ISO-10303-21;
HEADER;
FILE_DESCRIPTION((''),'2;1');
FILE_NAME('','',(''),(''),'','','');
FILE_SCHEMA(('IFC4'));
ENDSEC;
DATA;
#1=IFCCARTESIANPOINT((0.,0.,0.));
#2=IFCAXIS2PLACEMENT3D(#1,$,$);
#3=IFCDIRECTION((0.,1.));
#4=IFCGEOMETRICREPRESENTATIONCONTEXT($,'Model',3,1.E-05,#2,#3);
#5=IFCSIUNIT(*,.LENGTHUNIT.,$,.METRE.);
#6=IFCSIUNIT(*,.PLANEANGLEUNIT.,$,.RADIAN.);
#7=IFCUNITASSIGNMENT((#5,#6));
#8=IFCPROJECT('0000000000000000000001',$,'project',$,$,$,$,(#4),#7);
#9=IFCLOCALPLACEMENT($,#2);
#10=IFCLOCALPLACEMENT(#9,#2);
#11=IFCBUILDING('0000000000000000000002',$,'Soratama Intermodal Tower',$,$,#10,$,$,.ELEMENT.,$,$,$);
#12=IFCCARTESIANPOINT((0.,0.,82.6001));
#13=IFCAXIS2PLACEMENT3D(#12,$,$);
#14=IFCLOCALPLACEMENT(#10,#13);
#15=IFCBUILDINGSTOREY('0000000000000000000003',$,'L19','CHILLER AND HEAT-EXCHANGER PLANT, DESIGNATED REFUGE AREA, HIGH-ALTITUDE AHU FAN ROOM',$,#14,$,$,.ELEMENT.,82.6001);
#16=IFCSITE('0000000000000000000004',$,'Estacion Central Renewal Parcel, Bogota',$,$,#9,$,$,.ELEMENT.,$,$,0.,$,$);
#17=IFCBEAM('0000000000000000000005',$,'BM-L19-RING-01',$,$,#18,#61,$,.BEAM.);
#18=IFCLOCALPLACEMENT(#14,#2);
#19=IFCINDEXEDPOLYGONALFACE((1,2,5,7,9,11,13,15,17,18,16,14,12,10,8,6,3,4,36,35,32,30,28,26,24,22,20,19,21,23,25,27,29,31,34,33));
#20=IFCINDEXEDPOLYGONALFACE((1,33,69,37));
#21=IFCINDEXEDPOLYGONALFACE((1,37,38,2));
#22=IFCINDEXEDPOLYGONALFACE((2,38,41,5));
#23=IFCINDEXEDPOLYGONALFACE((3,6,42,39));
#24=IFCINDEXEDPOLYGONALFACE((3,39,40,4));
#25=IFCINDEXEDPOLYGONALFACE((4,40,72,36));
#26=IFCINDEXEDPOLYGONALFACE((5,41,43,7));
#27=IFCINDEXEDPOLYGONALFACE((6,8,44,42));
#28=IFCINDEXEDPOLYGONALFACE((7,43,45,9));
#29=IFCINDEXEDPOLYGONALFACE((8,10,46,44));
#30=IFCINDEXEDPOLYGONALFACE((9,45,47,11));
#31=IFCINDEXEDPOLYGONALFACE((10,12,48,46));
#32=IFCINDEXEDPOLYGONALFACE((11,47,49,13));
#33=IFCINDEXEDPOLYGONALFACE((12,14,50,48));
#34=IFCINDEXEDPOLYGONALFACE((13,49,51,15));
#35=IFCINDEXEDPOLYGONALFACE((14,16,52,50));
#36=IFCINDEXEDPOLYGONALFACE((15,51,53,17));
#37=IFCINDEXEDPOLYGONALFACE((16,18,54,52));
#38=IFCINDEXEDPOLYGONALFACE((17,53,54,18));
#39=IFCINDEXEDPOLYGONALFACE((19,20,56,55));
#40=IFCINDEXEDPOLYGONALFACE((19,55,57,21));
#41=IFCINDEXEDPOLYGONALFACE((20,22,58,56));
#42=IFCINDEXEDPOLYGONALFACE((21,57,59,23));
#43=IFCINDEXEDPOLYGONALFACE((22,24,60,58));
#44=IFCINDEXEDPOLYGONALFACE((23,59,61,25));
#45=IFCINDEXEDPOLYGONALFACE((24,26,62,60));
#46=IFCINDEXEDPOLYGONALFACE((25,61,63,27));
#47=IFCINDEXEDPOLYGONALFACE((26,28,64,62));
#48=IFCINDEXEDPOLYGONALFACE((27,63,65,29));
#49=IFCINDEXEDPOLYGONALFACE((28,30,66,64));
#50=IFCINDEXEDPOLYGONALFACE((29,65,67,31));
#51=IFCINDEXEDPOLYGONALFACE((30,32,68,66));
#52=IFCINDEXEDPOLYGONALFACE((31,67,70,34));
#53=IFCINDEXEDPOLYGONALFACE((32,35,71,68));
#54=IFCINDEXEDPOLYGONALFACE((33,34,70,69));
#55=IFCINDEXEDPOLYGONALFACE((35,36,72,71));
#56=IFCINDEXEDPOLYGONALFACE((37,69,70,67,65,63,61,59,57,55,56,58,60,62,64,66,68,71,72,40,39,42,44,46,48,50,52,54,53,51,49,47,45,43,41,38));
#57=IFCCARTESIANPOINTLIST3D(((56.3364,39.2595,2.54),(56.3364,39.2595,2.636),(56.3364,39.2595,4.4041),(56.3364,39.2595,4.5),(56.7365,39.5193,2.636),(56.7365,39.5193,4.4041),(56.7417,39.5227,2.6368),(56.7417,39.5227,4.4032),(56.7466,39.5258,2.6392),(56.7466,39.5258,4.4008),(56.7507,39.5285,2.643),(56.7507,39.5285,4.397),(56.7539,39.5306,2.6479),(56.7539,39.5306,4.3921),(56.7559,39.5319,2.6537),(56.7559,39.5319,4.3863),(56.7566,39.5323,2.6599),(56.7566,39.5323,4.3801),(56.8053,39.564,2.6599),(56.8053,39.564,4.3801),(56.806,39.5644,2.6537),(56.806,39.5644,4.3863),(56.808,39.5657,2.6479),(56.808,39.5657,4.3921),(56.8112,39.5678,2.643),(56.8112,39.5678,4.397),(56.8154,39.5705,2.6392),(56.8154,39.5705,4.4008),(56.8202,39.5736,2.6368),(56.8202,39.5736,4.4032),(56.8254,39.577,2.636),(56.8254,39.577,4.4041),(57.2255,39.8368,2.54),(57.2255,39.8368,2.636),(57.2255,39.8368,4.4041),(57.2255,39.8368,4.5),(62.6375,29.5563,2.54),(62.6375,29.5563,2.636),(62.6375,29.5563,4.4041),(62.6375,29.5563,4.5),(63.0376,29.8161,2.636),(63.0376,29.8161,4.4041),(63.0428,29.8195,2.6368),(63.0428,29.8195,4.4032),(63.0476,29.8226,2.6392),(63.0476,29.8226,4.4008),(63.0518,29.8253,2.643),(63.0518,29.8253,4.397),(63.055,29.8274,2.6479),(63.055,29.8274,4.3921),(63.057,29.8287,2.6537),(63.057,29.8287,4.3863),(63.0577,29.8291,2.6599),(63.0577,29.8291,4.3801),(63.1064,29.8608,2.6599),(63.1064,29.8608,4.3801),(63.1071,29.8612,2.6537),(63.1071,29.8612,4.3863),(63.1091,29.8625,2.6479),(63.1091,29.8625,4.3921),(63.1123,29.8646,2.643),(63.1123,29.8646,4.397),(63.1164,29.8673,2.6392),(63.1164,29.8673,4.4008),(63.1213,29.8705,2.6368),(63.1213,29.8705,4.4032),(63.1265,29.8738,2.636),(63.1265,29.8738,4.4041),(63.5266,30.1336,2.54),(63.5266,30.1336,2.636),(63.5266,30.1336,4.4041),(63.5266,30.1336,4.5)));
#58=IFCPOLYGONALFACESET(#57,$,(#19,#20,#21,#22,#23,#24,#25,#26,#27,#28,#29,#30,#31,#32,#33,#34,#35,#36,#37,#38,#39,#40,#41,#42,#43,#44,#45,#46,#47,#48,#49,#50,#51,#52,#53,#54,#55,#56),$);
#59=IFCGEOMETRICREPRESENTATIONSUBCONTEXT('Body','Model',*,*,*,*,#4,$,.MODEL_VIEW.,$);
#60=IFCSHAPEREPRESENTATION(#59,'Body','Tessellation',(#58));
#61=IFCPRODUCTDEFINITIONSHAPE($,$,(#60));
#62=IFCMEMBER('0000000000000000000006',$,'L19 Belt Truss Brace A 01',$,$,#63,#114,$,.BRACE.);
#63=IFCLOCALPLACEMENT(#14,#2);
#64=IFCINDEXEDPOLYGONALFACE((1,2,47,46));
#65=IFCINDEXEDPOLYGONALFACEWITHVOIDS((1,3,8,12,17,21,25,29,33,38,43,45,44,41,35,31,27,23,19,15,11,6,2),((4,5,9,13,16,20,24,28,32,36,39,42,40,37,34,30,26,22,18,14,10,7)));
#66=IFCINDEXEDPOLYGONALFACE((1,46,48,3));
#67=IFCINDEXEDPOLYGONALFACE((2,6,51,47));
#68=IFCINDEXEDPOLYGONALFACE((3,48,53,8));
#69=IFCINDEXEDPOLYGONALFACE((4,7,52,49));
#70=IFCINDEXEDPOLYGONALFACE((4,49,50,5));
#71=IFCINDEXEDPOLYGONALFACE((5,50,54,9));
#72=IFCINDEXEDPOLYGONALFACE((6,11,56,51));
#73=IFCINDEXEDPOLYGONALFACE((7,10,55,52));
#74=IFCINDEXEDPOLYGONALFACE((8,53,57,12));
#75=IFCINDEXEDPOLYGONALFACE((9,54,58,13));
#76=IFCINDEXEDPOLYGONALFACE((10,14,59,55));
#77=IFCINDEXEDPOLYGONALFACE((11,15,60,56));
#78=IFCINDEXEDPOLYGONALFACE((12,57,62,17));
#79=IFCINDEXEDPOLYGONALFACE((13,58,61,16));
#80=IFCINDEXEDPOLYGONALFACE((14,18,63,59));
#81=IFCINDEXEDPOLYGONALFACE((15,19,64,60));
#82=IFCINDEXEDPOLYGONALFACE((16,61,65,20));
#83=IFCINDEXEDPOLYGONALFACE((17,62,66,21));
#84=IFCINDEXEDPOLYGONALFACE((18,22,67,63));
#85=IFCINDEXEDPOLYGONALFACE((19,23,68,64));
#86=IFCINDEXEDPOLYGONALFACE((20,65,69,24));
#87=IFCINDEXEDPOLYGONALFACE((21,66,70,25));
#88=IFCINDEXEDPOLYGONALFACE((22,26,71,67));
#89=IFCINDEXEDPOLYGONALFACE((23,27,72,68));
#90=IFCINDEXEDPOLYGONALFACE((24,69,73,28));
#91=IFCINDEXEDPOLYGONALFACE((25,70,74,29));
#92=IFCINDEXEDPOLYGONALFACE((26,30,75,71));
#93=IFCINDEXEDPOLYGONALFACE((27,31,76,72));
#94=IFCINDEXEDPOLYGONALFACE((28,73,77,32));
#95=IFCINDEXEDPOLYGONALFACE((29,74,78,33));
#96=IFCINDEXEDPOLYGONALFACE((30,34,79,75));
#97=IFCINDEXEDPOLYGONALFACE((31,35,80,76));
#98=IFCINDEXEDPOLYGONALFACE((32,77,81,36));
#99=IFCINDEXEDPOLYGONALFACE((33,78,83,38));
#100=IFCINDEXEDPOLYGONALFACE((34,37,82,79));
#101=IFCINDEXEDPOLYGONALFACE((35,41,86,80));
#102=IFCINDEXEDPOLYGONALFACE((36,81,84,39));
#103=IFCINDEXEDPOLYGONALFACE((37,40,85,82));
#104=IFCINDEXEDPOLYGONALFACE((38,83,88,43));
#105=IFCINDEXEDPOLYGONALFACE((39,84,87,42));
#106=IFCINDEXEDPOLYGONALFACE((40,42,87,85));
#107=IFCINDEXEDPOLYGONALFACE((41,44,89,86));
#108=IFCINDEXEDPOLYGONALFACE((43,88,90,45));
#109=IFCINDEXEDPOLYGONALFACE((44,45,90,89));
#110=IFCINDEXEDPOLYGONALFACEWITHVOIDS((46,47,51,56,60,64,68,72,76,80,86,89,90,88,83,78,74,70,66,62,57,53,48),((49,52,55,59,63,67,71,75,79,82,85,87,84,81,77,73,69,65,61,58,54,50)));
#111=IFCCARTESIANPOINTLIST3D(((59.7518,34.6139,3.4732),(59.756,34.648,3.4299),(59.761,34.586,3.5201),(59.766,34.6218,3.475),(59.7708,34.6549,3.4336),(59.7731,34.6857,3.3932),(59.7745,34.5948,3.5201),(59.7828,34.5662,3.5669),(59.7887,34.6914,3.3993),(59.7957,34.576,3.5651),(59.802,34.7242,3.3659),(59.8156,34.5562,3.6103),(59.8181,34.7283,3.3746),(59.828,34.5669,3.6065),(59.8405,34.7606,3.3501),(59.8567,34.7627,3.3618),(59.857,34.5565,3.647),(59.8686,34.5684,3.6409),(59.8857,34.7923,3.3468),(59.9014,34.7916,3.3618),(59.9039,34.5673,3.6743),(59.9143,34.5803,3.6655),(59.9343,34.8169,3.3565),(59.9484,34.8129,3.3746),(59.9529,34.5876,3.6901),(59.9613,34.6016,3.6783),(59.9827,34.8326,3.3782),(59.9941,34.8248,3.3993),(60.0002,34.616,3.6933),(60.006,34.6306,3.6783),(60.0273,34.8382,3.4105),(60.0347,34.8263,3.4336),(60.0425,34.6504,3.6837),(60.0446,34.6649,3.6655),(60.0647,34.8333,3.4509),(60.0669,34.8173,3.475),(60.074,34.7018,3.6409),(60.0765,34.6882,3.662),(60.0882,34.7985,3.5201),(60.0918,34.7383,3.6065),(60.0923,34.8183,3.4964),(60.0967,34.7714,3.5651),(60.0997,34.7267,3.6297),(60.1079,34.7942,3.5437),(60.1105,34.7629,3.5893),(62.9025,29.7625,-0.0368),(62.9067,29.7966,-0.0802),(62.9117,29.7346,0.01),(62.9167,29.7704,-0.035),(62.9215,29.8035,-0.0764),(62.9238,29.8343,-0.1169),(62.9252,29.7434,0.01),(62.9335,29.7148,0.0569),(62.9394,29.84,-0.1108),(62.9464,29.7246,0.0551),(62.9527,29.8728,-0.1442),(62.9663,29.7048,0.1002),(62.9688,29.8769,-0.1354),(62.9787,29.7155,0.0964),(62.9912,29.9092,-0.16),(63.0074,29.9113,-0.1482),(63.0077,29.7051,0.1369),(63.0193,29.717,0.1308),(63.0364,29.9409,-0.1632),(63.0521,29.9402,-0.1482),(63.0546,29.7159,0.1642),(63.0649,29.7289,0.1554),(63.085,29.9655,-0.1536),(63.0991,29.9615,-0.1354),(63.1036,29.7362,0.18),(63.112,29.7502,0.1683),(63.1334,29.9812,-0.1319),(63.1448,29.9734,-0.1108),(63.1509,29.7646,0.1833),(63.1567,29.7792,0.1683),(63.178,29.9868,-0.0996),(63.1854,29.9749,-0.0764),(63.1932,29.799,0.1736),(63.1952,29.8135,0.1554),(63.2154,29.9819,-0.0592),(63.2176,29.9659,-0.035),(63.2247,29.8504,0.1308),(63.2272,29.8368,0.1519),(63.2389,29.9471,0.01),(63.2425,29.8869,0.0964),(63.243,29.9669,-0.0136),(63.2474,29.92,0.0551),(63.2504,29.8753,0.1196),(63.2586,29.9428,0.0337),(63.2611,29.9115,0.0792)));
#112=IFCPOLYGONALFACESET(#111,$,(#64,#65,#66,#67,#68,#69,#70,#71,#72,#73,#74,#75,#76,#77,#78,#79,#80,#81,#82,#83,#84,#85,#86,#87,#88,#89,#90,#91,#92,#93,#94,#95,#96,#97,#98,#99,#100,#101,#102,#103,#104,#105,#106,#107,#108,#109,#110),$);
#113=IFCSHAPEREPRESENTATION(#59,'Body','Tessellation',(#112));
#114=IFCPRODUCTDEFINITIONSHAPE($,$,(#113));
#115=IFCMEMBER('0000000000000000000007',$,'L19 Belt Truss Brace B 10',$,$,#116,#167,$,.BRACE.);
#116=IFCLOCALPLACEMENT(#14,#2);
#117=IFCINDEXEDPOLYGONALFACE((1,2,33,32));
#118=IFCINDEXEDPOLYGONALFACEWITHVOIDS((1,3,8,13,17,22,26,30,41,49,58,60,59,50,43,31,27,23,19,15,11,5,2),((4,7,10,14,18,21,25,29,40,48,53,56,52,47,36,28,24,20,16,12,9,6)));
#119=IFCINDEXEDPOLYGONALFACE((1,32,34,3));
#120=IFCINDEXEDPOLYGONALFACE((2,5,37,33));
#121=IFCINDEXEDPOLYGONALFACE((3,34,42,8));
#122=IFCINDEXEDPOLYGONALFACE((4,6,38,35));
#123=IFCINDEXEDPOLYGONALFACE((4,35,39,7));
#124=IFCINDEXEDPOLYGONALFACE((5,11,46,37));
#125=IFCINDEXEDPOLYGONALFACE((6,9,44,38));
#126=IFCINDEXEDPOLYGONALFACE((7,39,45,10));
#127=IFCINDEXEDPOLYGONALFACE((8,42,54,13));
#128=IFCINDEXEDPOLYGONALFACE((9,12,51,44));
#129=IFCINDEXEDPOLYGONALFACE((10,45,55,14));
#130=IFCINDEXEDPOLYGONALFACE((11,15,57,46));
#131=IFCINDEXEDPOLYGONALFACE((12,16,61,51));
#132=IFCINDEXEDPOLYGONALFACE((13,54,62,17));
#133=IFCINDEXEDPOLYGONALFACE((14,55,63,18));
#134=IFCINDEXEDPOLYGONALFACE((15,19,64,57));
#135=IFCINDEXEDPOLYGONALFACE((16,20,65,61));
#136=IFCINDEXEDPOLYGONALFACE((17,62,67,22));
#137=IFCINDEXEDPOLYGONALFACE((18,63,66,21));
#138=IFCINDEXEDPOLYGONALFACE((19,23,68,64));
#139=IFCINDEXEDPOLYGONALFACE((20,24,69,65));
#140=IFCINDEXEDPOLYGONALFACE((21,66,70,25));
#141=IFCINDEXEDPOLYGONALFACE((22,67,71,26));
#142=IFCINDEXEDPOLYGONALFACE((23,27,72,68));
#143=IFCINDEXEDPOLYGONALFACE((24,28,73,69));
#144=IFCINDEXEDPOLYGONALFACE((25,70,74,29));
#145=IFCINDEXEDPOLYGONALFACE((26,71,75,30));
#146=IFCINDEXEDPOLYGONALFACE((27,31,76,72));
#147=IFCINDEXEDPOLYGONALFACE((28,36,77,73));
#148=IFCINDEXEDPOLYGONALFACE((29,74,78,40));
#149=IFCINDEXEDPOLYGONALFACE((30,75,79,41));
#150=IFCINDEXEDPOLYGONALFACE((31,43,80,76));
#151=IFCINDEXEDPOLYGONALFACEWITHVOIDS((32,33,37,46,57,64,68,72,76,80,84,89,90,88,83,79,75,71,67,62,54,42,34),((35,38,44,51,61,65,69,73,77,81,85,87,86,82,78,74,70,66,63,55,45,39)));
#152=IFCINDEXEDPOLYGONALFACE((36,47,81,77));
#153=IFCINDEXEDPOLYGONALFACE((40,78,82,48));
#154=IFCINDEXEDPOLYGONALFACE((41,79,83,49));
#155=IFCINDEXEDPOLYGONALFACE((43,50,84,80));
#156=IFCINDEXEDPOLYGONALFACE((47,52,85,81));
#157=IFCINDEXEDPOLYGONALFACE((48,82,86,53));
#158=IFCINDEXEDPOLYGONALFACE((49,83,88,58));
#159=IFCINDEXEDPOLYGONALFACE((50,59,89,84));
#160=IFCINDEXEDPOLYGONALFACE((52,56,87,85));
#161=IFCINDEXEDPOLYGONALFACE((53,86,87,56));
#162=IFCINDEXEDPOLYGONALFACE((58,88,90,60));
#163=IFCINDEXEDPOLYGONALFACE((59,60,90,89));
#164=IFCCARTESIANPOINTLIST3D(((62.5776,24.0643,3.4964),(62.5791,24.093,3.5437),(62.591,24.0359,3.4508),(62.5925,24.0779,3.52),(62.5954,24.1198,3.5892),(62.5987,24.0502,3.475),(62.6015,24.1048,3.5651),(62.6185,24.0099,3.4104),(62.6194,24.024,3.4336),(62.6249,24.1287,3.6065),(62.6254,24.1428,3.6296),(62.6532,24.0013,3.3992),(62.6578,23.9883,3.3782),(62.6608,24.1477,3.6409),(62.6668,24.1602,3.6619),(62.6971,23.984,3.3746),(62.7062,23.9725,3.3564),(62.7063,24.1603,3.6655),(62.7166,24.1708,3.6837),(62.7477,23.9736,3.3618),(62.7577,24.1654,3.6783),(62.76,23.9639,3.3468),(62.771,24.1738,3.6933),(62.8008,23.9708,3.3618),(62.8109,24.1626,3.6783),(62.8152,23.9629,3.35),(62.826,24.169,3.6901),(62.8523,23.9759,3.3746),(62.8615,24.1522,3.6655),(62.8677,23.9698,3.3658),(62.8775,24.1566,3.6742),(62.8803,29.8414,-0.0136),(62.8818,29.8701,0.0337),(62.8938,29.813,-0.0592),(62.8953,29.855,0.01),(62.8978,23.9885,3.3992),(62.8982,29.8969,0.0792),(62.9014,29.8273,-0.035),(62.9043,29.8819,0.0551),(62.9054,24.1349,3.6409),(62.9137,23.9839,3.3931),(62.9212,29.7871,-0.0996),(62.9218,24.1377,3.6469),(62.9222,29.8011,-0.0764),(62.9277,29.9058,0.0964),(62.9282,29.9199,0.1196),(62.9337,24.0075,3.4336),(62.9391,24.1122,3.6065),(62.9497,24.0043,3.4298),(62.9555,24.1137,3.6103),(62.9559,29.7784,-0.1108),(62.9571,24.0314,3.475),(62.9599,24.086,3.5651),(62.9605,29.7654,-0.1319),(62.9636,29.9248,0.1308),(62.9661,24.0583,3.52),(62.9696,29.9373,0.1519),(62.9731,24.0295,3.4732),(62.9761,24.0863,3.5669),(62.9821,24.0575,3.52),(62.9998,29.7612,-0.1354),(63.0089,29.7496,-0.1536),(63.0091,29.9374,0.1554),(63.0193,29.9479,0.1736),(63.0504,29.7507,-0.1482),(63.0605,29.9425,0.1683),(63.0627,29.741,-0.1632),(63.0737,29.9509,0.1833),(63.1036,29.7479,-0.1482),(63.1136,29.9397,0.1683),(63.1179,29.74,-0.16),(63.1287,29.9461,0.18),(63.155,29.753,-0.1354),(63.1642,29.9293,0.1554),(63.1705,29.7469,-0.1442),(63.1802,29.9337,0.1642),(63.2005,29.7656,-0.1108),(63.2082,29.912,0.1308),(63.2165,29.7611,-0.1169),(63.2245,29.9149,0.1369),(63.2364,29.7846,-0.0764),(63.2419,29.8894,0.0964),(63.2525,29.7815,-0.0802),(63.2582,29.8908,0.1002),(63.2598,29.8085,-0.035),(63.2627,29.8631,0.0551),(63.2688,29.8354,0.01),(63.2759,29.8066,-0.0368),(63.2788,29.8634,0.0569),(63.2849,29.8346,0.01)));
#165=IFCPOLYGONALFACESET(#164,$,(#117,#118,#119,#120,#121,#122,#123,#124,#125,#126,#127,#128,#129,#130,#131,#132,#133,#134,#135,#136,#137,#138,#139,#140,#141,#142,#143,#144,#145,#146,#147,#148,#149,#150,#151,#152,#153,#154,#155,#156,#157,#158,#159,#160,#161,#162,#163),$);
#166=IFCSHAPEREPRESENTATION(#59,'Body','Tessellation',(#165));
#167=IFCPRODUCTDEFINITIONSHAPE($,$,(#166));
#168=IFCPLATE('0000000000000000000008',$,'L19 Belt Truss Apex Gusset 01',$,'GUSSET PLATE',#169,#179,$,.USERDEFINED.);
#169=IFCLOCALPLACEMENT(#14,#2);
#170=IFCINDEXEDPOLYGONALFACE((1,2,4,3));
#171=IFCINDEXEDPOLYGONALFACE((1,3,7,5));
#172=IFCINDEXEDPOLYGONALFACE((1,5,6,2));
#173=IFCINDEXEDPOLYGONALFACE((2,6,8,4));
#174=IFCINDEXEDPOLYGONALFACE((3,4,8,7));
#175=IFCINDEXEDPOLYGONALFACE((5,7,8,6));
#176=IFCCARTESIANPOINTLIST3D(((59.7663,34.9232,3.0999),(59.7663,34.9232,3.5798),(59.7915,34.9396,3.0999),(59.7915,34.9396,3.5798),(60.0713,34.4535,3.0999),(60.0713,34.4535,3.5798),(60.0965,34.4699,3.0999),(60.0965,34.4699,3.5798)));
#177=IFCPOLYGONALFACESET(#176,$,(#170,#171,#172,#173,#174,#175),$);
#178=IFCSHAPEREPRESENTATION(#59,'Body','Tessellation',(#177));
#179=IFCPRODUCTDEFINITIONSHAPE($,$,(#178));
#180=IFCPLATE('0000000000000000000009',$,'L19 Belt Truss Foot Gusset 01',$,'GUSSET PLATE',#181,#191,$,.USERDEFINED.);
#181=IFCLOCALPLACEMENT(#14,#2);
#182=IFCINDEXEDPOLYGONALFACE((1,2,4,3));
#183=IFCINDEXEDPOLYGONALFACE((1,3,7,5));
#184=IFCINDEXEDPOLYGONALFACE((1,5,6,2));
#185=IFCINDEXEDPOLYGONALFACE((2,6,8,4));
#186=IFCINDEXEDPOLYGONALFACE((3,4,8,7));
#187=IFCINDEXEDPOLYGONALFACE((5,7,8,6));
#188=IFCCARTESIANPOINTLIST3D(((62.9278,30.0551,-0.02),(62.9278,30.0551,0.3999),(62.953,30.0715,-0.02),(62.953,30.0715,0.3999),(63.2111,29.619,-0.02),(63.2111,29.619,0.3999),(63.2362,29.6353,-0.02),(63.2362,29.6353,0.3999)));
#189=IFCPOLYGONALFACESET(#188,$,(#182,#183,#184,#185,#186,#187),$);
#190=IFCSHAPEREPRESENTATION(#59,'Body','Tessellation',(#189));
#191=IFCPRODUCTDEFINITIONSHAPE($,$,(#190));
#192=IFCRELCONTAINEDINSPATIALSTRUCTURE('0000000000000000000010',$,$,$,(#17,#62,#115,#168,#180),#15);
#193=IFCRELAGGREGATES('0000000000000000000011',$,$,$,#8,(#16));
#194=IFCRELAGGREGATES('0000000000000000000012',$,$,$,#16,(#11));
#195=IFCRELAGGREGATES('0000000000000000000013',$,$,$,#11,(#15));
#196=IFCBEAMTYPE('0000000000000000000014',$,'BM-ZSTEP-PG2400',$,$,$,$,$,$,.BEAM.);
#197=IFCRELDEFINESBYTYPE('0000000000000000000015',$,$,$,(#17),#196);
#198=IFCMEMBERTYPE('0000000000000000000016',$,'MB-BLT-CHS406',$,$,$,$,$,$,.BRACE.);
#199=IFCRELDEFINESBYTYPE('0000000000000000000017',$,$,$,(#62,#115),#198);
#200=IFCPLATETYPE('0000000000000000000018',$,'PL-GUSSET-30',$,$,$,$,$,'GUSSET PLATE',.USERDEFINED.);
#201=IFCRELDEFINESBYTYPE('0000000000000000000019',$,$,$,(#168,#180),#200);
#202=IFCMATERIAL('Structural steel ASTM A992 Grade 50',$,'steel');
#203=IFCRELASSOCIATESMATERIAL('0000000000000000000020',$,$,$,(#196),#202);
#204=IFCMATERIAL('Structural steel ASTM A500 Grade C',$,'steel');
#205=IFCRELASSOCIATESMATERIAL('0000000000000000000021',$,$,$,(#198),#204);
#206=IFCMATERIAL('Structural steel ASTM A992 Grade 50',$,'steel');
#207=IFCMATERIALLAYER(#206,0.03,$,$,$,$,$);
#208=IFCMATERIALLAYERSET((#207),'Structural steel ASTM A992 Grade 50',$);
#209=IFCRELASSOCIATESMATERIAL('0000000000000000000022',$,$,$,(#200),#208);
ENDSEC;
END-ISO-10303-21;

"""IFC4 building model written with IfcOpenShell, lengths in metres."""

from ifc_helpers import new_model, si_unit, direction, frame, origin, origin_2d, place, context, subcontext, project, spatial, rectangle, hollow_circle, i_section, extrude, material, layer, layer_set, material_profile, profile_set, type_object, element, save


model = new_model("IFC4")

# Units and contexts
model_context = context("Model", 3, precision=1e-05, world=origin(), true_north=direction((0.0, 1.0)))
body_context = subcontext(model_context, "Body", "Model", "MODEL_VIEW")
ifc_project = project(units=[si_unit("LENGTHUNIT", "METRE"), si_unit("PLANEANGLEUNIT", "RADIAN")], contexts=[model_context])

# Site, building, storey
site_placement = place(None, origin())
site = spatial("IfcSite", under=ifc_project, at=site_placement, Name="Estacion Central Renewal Parcel, Bogota", CompositionType="ELEMENT", RefElevation=0.0)
building_placement = place(site_placement, origin())
building = spatial("IfcBuilding", under=site, at=building_placement, Name="Soratama Intermodal Tower", CompositionType="ELEMENT")
storey_placement = place(building_placement, frame((0.0, 0.0, 82.6001)))
storey = spatial("IfcBuildingStorey", under=building, at=storey_placement, Name="L19", Description="CHILLER AND HEAT-EXCHANGER PLANT, DESIGNATED REFUGE AREA, HIGH-ALTITUDE AHU FAN ROOM", CompositionType="ELEMENT", Elevation=82.6001)

# Beam
ifc_material_1 = material(Name="Structural steel ASTM A992 Grade 50", Category="steel")
ifc_material_profile_1 = material_profile(ifc_material_1, i_section(OverallWidth=1.0601, OverallDepth=1.96, WebThickness=0.0581, FlangeThickness=0.0959, FilletRadius=0.0239, at=origin_2d()), Name="PG2400X900")
ifc_profile_set_1 = profile_set([ifc_material_profile_1], Name="Structural steel ASTM A992 Grade 50")
beam_type_1 = type_object("IfcBeamType", Name="BM-ZSTEP-PG2400", PredefinedType="BEAM", material=ifc_profile_set_1)
beam_1_placement = place(storey_placement, frame((63.082, 29.845, 3.52), z_axis=(-0.544623, 0.838681, 0.0), x_axis=(-0.838681, -0.544623, 0.0)))
element("IfcBeam", 1, at=beam_1_placement, inside=storey, type_object=beam_type_1, Name="BM-L19-RING-01", PredefinedType="BEAM", context=body_context, shape_type="SweptSolid", body=[
    extrude(i_section(OverallWidth=1.0601, OverallDepth=1.96, WebThickness=0.0581, FlangeThickness=0.0959, FilletRadius=0.0239, at=origin_2d()), origin(), (0.0, 0.0, 1.0), 11.5696),
])

# Members
ifc_material_2 = material(Name="Structural steel ASTM A500 Grade C", Category="steel")
ifc_material_profile_2 = material_profile(ifc_material_2, hollow_circle(Radius=0.2031, WallThickness=0.0161, at=origin_2d()), Name="CHS406X16")
ifc_profile_set_2 = profile_set([ifc_material_profile_2], Name="Structural steel ASTM A500 Grade C")
member_type = type_object("IfcMemberType", Name="MB-BLT-CHS406", PredefinedType="BRACE", material=ifc_profile_set_2)
member_1_placement = place(storey_placement, frame((63.082, 29.8452, 0.01), z_axis=(-0.465641, 0.716989, 0.518754), x_axis=(-0.838659, -0.544657, 0.0)))
element("IfcMember", 2, at=member_1_placement, inside=storey, type_object=member_type, Name="L19 Belt Truss Brace A 01", PredefinedType="BRACE", context=body_context, shape_type="SweptSolid", body=[
    extrude(hollow_circle(Radius=0.2031, WallThickness=0.0161, at=origin_2d()), origin(), (0.0, 0.0, 1.0), 6.7664),
])
member_2_placement = place(storey_placement, frame((63.082, 29.8452, 0.01), z_axis=(-0.04474, -0.853769, 0.518727), x_axis=(0.99863, -0.052331, 0.0)))
element("IfcMember", 3, at=member_2_placement, inside=storey, type_object=member_type, Name="L19 Belt Truss Brace B 10", PredefinedType="BRACE", context=body_context, shape_type="SweptSolid", body=[
    extrude(hollow_circle(Radius=0.2031, WallThickness=0.0161, at=origin_2d()), origin(), (0.0, 0.0, 1.0), 6.7666),
])

# Plates
ifc_material_3 = material(Name="Structural steel ASTM A992 Grade 50", Category="steel")
ifc_layer_1 = layer(ifc_material_3, 0.03)
ifc_layer_set_1 = layer_set([ifc_layer_1], Name="Structural steel ASTM A992 Grade 50")
plate_type = type_object("IfcPlateType", Name="PL-GUSSET-30", ElementType="GUSSET PLATE", PredefinedType="USERDEFINED", material=ifc_layer_set_1)
plate_1_placement = place(storey_placement, frame((59.9314, 34.6965, 3.0999), z_axis=(0.0, 0.0, 1.0), x_axis=(-0.544639, 0.838671, 0.0)))
element("IfcPlate", 4, at=plate_1_placement, inside=storey, type_object=plate_type, Name="L19 Belt Truss Apex Gusset 01", ObjectType="GUSSET PLATE", PredefinedType="USERDEFINED", context=body_context, shape_type="SweptSolid", body=[
    extrude(rectangle(XDim=0.5601, YDim=0.03, at=origin_2d()), origin(), (0.0, 0.0, 1.0), 0.48),
])
plate_2_placement = place(storey_placement, frame((63.082, 29.8452, -0.02), z_axis=(0.0, 0.0, 1.0), x_axis=(-0.544639, 0.838671, 0.0)))
element("IfcPlate", 5, at=plate_2_placement, inside=storey, type_object=plate_type, Name="L19 Belt Truss Foot Gusset 01", ObjectType="GUSSET PLATE", PredefinedType="USERDEFINED", context=body_context, shape_type="SweptSolid", body=[
    extrude(rectangle(XDim=0.52, YDim=0.03, at=origin_2d()), origin(), (0.0, 0.0, 1.0), 0.4199),
])

save(model, "model.ifc")
